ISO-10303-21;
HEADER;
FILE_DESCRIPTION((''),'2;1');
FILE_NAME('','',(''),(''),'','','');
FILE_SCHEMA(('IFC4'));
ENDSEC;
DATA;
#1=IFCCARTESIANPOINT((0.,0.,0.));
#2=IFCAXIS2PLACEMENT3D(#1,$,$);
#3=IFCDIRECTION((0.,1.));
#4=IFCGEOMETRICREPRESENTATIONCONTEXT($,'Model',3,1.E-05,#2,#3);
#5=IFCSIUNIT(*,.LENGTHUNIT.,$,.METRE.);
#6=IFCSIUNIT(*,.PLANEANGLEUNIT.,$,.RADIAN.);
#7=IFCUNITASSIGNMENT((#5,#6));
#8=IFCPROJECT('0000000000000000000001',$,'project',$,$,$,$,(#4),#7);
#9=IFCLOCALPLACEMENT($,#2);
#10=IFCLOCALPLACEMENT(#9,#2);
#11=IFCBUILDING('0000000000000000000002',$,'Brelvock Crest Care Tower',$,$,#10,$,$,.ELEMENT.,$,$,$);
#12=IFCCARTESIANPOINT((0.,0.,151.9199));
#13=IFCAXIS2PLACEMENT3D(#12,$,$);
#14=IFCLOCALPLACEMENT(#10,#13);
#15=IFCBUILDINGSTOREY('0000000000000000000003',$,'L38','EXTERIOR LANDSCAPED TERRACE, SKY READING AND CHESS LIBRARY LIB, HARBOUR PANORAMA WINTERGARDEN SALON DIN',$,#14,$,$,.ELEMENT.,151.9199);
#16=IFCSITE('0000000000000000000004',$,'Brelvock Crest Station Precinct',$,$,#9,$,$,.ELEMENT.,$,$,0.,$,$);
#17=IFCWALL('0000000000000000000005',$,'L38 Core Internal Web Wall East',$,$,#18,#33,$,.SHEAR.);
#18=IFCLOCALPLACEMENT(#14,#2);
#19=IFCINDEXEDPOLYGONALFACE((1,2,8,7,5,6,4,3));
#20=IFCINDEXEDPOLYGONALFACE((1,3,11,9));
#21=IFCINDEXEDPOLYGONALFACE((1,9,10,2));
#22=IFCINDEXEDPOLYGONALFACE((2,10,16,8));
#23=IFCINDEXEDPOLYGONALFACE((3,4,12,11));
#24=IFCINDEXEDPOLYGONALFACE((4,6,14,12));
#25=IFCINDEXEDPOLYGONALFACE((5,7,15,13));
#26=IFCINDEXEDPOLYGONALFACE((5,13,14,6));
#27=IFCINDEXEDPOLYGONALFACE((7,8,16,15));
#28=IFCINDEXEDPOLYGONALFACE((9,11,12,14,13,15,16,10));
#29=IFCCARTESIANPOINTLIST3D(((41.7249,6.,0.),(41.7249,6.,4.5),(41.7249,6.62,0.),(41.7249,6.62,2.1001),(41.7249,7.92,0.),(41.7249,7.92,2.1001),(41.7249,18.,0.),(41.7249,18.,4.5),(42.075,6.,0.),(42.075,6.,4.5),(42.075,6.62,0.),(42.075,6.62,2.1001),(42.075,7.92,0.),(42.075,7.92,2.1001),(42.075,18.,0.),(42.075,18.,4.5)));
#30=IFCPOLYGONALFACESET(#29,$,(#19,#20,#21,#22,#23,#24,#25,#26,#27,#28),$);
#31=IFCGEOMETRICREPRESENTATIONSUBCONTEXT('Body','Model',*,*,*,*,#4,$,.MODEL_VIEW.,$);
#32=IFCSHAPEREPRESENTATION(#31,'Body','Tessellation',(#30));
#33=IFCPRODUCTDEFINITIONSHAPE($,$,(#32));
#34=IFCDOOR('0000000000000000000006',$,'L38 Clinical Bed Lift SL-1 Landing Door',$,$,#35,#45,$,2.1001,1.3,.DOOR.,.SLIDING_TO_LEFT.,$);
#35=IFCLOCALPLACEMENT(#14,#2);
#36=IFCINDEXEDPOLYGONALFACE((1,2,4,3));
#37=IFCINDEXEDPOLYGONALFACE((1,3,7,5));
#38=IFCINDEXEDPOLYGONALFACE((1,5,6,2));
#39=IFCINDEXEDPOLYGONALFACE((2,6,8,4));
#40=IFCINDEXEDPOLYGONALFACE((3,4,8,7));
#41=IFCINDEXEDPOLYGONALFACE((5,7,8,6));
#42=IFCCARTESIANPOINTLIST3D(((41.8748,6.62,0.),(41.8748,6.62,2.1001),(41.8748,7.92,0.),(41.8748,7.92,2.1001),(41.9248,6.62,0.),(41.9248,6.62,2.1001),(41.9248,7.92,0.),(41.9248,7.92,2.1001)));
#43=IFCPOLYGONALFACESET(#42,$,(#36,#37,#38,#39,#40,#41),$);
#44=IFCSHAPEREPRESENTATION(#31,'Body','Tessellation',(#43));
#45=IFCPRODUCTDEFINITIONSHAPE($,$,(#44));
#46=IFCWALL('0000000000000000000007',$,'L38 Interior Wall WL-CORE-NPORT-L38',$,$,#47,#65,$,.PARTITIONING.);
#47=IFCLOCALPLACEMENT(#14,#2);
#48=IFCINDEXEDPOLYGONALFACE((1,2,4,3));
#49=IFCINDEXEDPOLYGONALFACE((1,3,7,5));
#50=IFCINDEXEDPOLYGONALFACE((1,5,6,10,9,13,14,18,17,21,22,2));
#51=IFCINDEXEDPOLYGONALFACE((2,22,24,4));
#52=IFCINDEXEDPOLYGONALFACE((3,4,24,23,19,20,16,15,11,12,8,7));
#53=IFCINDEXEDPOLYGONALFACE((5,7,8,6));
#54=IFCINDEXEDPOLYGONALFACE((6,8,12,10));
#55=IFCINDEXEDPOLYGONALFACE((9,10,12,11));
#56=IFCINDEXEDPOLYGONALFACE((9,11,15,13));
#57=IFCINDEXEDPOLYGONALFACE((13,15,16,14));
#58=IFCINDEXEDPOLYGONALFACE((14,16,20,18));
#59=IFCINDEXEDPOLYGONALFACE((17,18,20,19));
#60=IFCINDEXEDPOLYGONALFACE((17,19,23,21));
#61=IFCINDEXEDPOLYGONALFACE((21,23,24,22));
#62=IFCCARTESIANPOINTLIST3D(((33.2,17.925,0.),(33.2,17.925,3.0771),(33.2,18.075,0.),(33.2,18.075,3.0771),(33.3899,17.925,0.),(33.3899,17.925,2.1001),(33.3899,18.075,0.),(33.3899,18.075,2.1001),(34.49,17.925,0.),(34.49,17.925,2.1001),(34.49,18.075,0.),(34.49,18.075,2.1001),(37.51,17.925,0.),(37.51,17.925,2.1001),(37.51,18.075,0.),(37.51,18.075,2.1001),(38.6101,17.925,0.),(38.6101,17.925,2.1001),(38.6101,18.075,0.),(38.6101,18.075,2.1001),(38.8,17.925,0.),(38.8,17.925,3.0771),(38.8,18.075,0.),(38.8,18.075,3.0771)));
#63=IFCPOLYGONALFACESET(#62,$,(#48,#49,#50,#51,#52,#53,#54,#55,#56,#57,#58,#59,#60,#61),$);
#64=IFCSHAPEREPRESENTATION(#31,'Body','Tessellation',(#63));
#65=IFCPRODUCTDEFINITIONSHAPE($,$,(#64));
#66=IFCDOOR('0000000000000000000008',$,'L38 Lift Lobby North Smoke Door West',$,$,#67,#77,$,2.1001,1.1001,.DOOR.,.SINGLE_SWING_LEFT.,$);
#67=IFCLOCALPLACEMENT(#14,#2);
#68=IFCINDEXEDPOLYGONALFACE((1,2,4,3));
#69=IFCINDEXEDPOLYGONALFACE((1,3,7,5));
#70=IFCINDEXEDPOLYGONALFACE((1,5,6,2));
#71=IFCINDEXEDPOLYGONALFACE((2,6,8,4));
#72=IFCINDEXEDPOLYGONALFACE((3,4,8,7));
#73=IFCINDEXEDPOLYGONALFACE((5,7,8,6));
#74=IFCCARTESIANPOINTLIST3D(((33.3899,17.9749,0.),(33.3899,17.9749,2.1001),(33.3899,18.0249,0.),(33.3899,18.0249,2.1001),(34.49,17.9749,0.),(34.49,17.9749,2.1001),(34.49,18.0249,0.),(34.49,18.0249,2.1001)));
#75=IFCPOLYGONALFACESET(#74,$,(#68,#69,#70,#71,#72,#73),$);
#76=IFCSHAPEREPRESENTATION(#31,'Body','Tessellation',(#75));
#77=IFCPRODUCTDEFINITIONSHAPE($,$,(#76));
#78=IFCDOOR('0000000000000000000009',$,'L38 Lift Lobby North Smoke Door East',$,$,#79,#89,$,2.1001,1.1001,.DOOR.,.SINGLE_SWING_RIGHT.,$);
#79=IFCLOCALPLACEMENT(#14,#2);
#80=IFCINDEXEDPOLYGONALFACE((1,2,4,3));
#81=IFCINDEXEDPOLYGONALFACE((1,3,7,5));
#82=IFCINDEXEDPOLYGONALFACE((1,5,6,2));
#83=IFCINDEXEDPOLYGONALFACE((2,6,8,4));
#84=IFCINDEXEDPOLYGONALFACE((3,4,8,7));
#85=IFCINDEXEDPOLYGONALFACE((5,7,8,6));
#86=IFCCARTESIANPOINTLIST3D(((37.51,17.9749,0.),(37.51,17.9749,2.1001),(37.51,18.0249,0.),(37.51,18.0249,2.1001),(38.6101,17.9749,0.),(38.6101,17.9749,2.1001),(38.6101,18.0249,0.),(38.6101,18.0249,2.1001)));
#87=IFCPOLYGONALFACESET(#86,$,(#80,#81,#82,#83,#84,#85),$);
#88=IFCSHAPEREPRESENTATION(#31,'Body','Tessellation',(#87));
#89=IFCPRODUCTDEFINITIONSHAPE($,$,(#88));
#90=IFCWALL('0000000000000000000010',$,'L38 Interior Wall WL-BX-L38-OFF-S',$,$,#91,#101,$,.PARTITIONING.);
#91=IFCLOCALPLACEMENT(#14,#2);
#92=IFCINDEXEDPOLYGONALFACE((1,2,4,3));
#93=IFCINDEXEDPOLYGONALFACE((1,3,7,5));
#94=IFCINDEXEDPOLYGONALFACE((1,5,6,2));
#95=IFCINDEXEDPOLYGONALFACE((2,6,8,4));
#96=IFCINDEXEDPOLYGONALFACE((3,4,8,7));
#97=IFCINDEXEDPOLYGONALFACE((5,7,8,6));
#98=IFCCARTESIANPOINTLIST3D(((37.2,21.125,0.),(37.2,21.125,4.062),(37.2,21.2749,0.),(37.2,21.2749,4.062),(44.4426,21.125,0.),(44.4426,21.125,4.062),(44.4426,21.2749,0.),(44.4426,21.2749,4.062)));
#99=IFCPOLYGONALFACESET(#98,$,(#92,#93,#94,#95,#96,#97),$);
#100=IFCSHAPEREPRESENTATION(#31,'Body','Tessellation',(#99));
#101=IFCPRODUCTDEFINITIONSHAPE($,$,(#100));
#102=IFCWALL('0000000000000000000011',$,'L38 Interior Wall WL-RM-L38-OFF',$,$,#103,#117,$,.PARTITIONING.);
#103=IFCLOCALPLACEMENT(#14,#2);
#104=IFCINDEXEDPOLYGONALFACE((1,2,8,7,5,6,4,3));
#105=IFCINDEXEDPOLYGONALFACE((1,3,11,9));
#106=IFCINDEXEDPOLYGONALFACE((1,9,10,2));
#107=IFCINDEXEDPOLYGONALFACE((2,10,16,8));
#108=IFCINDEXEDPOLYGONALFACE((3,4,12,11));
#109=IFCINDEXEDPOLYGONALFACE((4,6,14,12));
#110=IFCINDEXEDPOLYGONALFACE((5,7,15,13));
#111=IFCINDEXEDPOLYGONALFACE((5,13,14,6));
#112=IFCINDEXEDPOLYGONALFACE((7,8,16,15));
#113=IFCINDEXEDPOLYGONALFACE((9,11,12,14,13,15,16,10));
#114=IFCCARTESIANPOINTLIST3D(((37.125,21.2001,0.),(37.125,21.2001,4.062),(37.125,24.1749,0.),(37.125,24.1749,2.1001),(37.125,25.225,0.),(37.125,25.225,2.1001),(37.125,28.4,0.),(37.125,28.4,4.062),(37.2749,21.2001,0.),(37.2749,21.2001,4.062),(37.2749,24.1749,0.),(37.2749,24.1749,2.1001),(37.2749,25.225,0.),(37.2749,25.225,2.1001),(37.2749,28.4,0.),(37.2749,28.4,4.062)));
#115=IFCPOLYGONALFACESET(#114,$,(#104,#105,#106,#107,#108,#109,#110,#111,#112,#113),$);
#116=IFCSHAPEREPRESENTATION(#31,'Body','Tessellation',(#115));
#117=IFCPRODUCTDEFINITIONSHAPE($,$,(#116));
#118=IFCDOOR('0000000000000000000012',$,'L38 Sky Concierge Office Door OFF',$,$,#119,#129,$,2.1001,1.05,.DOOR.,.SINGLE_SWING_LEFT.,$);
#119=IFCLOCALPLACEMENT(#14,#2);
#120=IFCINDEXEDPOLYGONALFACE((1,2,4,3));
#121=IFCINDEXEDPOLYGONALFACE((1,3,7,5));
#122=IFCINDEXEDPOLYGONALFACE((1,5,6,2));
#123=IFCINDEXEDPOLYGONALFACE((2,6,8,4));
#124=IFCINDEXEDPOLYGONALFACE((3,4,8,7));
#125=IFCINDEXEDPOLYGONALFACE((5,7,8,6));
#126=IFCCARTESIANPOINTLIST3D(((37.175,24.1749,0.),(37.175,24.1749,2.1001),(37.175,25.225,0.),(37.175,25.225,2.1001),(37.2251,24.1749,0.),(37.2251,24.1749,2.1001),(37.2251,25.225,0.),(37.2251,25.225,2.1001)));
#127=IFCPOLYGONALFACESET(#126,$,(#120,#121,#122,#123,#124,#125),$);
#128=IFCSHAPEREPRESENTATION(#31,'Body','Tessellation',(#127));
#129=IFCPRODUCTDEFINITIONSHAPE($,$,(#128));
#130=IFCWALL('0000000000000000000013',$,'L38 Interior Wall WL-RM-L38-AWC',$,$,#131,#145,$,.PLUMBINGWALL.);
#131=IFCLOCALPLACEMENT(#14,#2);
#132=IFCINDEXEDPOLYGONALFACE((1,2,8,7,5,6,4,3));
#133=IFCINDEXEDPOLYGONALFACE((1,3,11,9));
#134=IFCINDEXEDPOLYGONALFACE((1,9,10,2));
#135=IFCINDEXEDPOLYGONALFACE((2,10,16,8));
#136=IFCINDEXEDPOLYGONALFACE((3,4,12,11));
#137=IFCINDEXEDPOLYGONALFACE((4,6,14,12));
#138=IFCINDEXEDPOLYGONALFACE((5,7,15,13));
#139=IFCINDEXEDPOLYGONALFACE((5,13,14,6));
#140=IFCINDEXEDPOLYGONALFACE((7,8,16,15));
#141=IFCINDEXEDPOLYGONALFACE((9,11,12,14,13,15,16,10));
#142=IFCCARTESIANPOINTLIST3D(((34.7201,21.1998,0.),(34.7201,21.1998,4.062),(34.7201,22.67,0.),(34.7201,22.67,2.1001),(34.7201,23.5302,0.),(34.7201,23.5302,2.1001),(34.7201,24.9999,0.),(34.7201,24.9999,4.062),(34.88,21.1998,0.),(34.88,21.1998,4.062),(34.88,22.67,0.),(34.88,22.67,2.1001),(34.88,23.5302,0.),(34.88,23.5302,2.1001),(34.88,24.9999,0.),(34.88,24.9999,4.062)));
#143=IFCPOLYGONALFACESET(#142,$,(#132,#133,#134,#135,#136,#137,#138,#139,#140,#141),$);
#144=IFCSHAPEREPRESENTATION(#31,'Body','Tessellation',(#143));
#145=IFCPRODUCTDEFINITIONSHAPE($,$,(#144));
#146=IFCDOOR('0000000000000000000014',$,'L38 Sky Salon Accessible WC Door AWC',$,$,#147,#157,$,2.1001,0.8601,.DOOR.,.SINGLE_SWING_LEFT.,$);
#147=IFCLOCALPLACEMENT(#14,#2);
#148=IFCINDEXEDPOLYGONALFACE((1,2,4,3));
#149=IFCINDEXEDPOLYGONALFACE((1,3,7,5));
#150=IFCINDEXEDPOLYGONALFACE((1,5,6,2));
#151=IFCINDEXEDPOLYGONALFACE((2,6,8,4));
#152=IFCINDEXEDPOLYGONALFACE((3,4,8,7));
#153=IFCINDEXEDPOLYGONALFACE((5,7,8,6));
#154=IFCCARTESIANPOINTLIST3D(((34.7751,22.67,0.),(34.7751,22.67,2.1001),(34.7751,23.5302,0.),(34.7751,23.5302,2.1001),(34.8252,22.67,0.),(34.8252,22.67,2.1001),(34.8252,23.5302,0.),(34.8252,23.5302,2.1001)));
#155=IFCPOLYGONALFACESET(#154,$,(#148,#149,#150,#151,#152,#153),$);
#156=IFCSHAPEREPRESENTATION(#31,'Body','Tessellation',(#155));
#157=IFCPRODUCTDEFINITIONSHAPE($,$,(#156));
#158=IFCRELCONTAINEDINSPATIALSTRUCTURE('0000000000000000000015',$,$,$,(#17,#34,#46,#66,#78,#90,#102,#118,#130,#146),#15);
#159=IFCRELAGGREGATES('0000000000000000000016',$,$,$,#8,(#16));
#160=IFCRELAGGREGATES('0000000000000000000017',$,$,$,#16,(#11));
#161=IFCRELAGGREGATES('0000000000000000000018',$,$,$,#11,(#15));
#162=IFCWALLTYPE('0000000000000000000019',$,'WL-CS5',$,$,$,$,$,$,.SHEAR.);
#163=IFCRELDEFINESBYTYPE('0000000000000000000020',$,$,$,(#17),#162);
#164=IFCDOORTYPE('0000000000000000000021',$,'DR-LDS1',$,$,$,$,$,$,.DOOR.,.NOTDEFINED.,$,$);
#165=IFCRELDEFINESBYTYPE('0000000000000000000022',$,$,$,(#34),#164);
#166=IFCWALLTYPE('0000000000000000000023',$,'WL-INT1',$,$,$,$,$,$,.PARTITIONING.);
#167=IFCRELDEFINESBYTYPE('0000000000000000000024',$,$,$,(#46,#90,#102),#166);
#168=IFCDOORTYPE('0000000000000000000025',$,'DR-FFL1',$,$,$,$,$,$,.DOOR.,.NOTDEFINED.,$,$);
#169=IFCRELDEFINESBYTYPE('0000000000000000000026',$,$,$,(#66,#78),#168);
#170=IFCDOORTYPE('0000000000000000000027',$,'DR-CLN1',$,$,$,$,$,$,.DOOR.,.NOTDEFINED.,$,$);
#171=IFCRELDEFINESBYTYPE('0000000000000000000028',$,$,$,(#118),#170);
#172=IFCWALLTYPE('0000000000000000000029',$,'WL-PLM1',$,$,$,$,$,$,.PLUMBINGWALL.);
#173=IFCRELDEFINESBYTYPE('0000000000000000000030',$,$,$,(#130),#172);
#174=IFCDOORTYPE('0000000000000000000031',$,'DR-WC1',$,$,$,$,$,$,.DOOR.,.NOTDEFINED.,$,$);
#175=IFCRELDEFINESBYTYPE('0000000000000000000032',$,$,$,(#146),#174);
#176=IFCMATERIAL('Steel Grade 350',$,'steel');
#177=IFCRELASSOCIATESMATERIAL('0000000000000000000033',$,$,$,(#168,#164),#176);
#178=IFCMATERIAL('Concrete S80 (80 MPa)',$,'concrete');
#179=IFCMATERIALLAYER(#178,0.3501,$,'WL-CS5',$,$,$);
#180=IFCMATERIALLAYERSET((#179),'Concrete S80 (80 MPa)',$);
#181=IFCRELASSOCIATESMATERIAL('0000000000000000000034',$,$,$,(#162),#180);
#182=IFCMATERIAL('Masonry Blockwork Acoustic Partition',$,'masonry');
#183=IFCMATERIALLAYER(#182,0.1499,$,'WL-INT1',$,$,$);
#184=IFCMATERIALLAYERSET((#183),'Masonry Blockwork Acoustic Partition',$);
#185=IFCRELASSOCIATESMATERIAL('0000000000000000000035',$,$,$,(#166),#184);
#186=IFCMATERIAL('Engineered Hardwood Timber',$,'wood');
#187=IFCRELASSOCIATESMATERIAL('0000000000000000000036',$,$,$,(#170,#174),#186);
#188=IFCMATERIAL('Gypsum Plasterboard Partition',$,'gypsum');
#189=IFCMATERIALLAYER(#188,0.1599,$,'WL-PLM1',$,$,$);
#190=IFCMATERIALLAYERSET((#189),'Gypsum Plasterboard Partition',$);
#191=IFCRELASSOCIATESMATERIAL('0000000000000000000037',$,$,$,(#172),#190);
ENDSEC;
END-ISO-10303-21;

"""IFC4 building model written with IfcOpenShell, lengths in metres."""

from ifc_helpers import new_model, si_unit, direction, frame, frame_2d, origin, origin_2d, place, context, subcontext, project, spatial, rectangle, extrude, source, transform, mapped, material, layer, layer_set, type_object, element, fill, save


model = new_model("IFC4")

# Units and contexts
model_context = context("Model", 3, precision=1e-05, world=origin(), true_north=direction((0.0, 1.0)))
body_context = subcontext(model_context, "Body", "Model", "MODEL_VIEW")
ifc_project = project(units=[si_unit("LENGTHUNIT", "METRE"), si_unit("PLANEANGLEUNIT", "RADIAN")], contexts=[model_context])

# Site, building, storey
site_placement = place(None, origin())
site = spatial("IfcSite", under=ifc_project, at=site_placement, Name="Brelvock Crest Station Precinct", CompositionType="ELEMENT", RefElevation=0.0)
building_placement = place(site_placement, origin())
building = spatial("IfcBuilding", under=site, at=building_placement, Name="Brelvock Crest Care Tower", CompositionType="ELEMENT")
storey_placement = place(building_placement, frame((0.0, 0.0, 151.9199)))
storey = spatial("IfcBuildingStorey", under=building, at=storey_placement, Name="L38", Description="EXTERIOR LANDSCAPED TERRACE, SKY READING AND CHESS LIBRARY LIB, HARBOUR PANORAMA WINTERGARDEN SALON DIN", CompositionType="ELEMENT", Elevation=151.9199)

# Shared definitions
ifc_material_1 = material(Name="Steel Grade 350", Category="steel")

# Wall, opening, door
door_type_1 = type_object("IfcDoorType", Name="DR-FFL1", OperationType="NOTDEFINED", PredefinedType="DOOR", material=ifc_material_1)
shared_shape_1 = source(origin(), body_context, "Body", "SweptSolid", [
    extrude(rectangle(XDim=1.1001, YDim=2.1001, at=origin_2d()), frame((0.55, 0.0249, 1.05), z_axis=(0.0, -1.0, 0.0), x_axis=(1.0, 0.0, 0.0)), (0.0, 0.0, 1.0), 0.05),
])
ifc_material_2 = material(Name="Concrete S80 (80 MPa)", Category="concrete")
ifc_layer_1 = layer(ifc_material_2, 0.3501, Name="WL-CS5")
ifc_layer_set_1 = layer_set([ifc_layer_1], Name="Concrete S80 (80 MPa)")
wall_type_1 = type_object("IfcWallType", Name="WL-CS5", PredefinedType="SHEAR", material=ifc_layer_set_1)
wall_1_placement = place(storey_placement, frame((41.8999, 18.0, 0.0), z_axis=(0.0, 0.0, 1.0), x_axis=(0.0, -1.0, 0.0)))
wall_1 = element("IfcWall", 1, at=wall_1_placement, inside=storey, type_object=wall_type_1, Name="L38 Core Internal Web Wall East", PredefinedType="SHEAR", context=body_context, shape_type="SweptSolid", body=[
    extrude(rectangle(XDim=12.0, YDim=0.3501, at=frame_2d((6.0, 0.0))), origin(), (0.0, 0.0, 1.0), 4.5),
])
opening_1_placement = place(wall_1_placement, frame((10.0801, 0.0, 0.0)))
opening_1 = element("IfcOpeningElement", 2, at=opening_1_placement, cuts=wall_1, PredefinedType="OPENING", context=body_context, shape_type="SweptSolid", body=[
    extrude(rectangle(XDim=1.3, YDim=2.1001, at=origin_2d()), frame((0.6499, 0.1851, 1.05), z_axis=(0.0, -1.0, 0.0), x_axis=(1.0, 0.0, 0.0)), (0.0, 0.0, 1.0), 0.3701),
])
door_type_2 = type_object("IfcDoorType", Name="DR-LDS1", OperationType="NOTDEFINED", PredefinedType="DOOR", material=ifc_material_1)
shared_shape_2 = source(origin(), body_context, "Body", "SweptSolid", [
    extrude(rectangle(XDim=1.3, YDim=2.1001, at=origin_2d()), frame((0.6499, 0.0249, 1.05), z_axis=(0.0, -1.0, 0.0), x_axis=(1.0, 0.0, 0.0)), (0.0, 0.0, 1.0), 0.05),
])
door_1_placement = place(opening_1_placement, origin())
door_1 = element("IfcDoor", 3, at=door_1_placement, inside=storey, type_object=door_type_2, Name="L38 Clinical Bed Lift SL-1 Landing Door", OperationType="SLIDING_TO_LEFT", OverallHeight=2.1001, OverallWidth=1.3, PredefinedType="DOOR", context=body_context, shape_type="MappedRepresentation", body=[
    mapped(shared_shape_2, transform((0.0, 0.0, 0.0), x_axis=(1.0, 0.0, 0.0), y_axis=(0.0, 1.0, 0.0), z_axis=(0.0, 0.0, 1.0), scale=1.0)),
])
fill(opening_1, door_1)

# Wall, openings, doors
ifc_material_3 = material(Name="Masonry Blockwork Acoustic Partition", Category="masonry")
ifc_layer_2 = layer(ifc_material_3, 0.1499, Name="WL-INT1")
ifc_layer_set_2 = layer_set([ifc_layer_2], Name="Masonry Blockwork Acoustic Partition")
wall_type_2 = type_object("IfcWallType", Name="WL-INT1", PredefinedType="PARTITIONING", material=ifc_layer_set_2)
wall_2_placement = place(storey_placement, frame((33.2, 18.0, 0.0), z_axis=(0.0, 0.0, 1.0), x_axis=(1.0, 0.0, 0.0)))
wall_2 = element("IfcWall", 4, at=wall_2_placement, inside=storey, type_object=wall_type_2, Name="L38 Interior Wall WL-CORE-NPORT-L38", PredefinedType="PARTITIONING", context=body_context, shape_type="SweptSolid", body=[
    extrude(rectangle(XDim=5.6001, YDim=0.1499, at=frame_2d((2.8, 0.0))), origin(), (0.0, 0.0, 1.0), 3.0771),
])
opening_2_placement = place(wall_2_placement, frame((0.1899, 0.0, 0.0)))
opening_2 = element("IfcOpeningElement", 5, at=opening_2_placement, cuts=wall_2, PredefinedType="OPENING", context=body_context, shape_type="SweptSolid", body=[
    extrude(rectangle(XDim=1.1001, YDim=2.1001, at=origin_2d()), frame((0.55, 0.085, 1.05), z_axis=(0.0, -1.0, 0.0), x_axis=(1.0, 0.0, 0.0)), (0.0, 0.0, 1.0), 0.1699),
])
opening_3_placement = place(wall_2_placement, frame((4.3101, 0.0, 0.0)))
opening_3 = element("IfcOpeningElement", 6, at=opening_3_placement, cuts=wall_2, PredefinedType="OPENING", context=body_context, shape_type="SweptSolid", body=[
    extrude(rectangle(XDim=1.1001, YDim=2.1001, at=origin_2d()), frame((0.55, 0.085, 1.05), z_axis=(0.0, -1.0, 0.0), x_axis=(1.0, 0.0, 0.0)), (0.0, 0.0, 1.0), 0.1699),
])
door_2_placement = place(opening_2_placement, origin())
door_2 = element("IfcDoor", 7, at=door_2_placement, inside=storey, type_object=door_type_1, Name="L38 Lift Lobby North Smoke Door West", OperationType="SINGLE_SWING_LEFT", OverallHeight=2.1001, OverallWidth=1.1001, PredefinedType="DOOR", context=body_context, shape_type="MappedRepresentation", body=[
    mapped(shared_shape_1, transform((0.0, 0.0, 0.0), x_axis=(1.0, 0.0, 0.0), y_axis=(0.0, 1.0, 0.0), z_axis=(0.0, 0.0, 1.0), scale=1.0)),
])
fill(opening_2, door_2)
door_3_placement = place(opening_3_placement, origin())
door_3 = element("IfcDoor", 8, at=door_3_placement, inside=storey, type_object=door_type_1, Name="L38 Lift Lobby North Smoke Door East", OperationType="SINGLE_SWING_RIGHT", OverallHeight=2.1001, OverallWidth=1.1001, PredefinedType="DOOR", context=body_context, shape_type="MappedRepresentation", body=[
    mapped(shared_shape_1, transform((0.0, 0.0, 0.0), x_axis=(1.0, 0.0, 0.0), y_axis=(0.0, 1.0, 0.0), z_axis=(0.0, 0.0, 1.0), scale=1.0)),
])
fill(opening_3, door_3)

# Wall
wall_3_placement = place(storey_placement, frame((37.2, 21.2, 0.0), z_axis=(0.0, 0.0, 1.0), x_axis=(1.0, 0.0, 0.0)))
element("IfcWall", 9, at=wall_3_placement, inside=storey, type_object=wall_type_2, Name="L38 Interior Wall WL-BX-L38-OFF-S", PredefinedType="PARTITIONING", context=body_context, shape_type="SweptSolid", body=[
    extrude(rectangle(XDim=7.2427, YDim=0.1499, at=frame_2d((3.6213, 0.0))), origin(), (0.0, 0.0, 1.0), 4.062),
])

# Walls, openings, doors
wall_4_placement = place(storey_placement, frame((37.2, 21.2, 0.0), z_axis=(0.0, 0.0, 1.0), x_axis=(0.0, 1.0, 0.0)))
wall_4 = element("IfcWall", 10, at=wall_4_placement, inside=storey, type_object=wall_type_2, Name="L38 Interior Wall WL-RM-L38-OFF", PredefinedType="PARTITIONING", context=body_context, shape_type="SweptSolid", body=[
    extrude(rectangle(XDim=7.2, YDim=0.1499, at=frame_2d((3.6001, 0.0))), origin(), (0.0, 0.0, 1.0), 4.062),
])
opening_4_placement = place(wall_4_placement, frame((2.9751, 0.0, 0.0)))
opening_4 = element("IfcOpeningElement", 11, at=opening_4_placement, cuts=wall_4, PredefinedType="OPENING", context=body_context, shape_type="SweptSolid", body=[
    extrude(rectangle(XDim=1.05, YDim=2.1001, at=origin_2d()), frame((0.5249, 0.085, 1.05), z_axis=(0.0, -1.0, 0.0), x_axis=(1.0, 0.0, 0.0)), (0.0, 0.0, 1.0), 0.1699),
])
ifc_material_4 = material(Name="Engineered Hardwood Timber", Category="wood")
door_type_3 = type_object("IfcDoorType", Name="DR-CLN1", OperationType="NOTDEFINED", PredefinedType="DOOR", material=ifc_material_4)
shared_shape_3 = source(origin(), body_context, "Body", "SweptSolid", [
    extrude(rectangle(XDim=1.05, YDim=2.1001, at=origin_2d()), frame((0.5249, 0.0249, 1.05), z_axis=(0.0, -1.0, 0.0), x_axis=(1.0, 0.0, 0.0)), (0.0, 0.0, 1.0), 0.05),
])
door_4_placement = place(opening_4_placement, origin())
door_4 = element("IfcDoor", 12, at=door_4_placement, inside=storey, type_object=door_type_3, Name="L38 Sky Concierge Office Door OFF", OperationType="SINGLE_SWING_LEFT", OverallHeight=2.1001, OverallWidth=1.05, PredefinedType="DOOR", context=body_context, shape_type="MappedRepresentation", body=[
    mapped(shared_shape_3, transform((0.0, 0.0, 0.0), x_axis=(1.0, 0.0, 0.0), y_axis=(0.0, 1.0, 0.0), z_axis=(0.0, 0.0, 1.0), scale=1.0)),
])
fill(opening_4, door_4)
ifc_material_5 = material(Name="Gypsum Plasterboard Partition", Category="gypsum")
ifc_layer_3 = layer(ifc_material_5, 0.1599, Name="WL-PLM1")
ifc_layer_set_3 = layer_set([ifc_layer_3], Name="Gypsum Plasterboard Partition")
wall_type_3 = type_object("IfcWallType", Name="WL-PLM1", PredefinedType="PLUMBINGWALL", material=ifc_layer_set_3)
wall_5_placement = place(storey_placement, frame((34.8, 21.2, 0.0), z_axis=(0.0, 0.0, 1.0), x_axis=(0.0, 1.0, 0.0)))
wall_5 = element("IfcWall", 13, at=wall_5_placement, inside=storey, type_object=wall_type_3, Name="L38 Interior Wall WL-RM-L38-AWC", PredefinedType="PLUMBINGWALL", context=body_context, shape_type="SweptSolid", body=[
    extrude(rectangle(XDim=3.8, YDim=0.1599, at=frame_2d((1.8999, 0.0))), origin(), (0.0, 0.0, 1.0), 4.062),
])
opening_5_placement = place(wall_5_placement, frame((1.47, 0.0, 0.0)))
opening_5 = element("IfcOpeningElement", 14, at=opening_5_placement, cuts=wall_5, PredefinedType="OPENING", context=body_context, shape_type="SweptSolid", body=[
    extrude(rectangle(XDim=0.8601, YDim=2.1001, at=origin_2d()), frame((0.4302, 0.0898, 1.05), z_axis=(0.0, -1.0, 0.0), x_axis=(1.0, 0.0, 0.0)), (0.0, 0.0, 1.0), 0.1799),
])
door_type_4 = type_object("IfcDoorType", Name="DR-WC1", OperationType="NOTDEFINED", PredefinedType="DOOR", material=ifc_material_4)
shared_shape_4 = source(origin(), body_context, "Body", "SweptSolid", [
    extrude(rectangle(XDim=0.8601, YDim=2.1001, at=origin_2d()), frame((0.4302, 0.0249, 1.05), z_axis=(0.0, -1.0, 0.0), x_axis=(1.0, 0.0, 0.0)), (0.0, 0.0, 1.0), 0.05),
])
door_5_placement = place(opening_5_placement, origin())
door_5 = element("IfcDoor", 15, at=door_5_placement, inside=storey, type_object=door_type_4, Name="L38 Sky Salon Accessible WC Door AWC", OperationType="SINGLE_SWING_LEFT", OverallHeight=2.1001, OverallWidth=0.8601, PredefinedType="DOOR", context=body_context, shape_type="MappedRepresentation", body=[
    mapped(shared_shape_4, transform((0.0, 0.0, 0.0), x_axis=(1.0, 0.0, 0.0), y_axis=(0.0, 1.0, 0.0), z_axis=(0.0, 0.0, 1.0), scale=1.0)),
])
fill(opening_5, door_5)

save(model, "model.ifc")
